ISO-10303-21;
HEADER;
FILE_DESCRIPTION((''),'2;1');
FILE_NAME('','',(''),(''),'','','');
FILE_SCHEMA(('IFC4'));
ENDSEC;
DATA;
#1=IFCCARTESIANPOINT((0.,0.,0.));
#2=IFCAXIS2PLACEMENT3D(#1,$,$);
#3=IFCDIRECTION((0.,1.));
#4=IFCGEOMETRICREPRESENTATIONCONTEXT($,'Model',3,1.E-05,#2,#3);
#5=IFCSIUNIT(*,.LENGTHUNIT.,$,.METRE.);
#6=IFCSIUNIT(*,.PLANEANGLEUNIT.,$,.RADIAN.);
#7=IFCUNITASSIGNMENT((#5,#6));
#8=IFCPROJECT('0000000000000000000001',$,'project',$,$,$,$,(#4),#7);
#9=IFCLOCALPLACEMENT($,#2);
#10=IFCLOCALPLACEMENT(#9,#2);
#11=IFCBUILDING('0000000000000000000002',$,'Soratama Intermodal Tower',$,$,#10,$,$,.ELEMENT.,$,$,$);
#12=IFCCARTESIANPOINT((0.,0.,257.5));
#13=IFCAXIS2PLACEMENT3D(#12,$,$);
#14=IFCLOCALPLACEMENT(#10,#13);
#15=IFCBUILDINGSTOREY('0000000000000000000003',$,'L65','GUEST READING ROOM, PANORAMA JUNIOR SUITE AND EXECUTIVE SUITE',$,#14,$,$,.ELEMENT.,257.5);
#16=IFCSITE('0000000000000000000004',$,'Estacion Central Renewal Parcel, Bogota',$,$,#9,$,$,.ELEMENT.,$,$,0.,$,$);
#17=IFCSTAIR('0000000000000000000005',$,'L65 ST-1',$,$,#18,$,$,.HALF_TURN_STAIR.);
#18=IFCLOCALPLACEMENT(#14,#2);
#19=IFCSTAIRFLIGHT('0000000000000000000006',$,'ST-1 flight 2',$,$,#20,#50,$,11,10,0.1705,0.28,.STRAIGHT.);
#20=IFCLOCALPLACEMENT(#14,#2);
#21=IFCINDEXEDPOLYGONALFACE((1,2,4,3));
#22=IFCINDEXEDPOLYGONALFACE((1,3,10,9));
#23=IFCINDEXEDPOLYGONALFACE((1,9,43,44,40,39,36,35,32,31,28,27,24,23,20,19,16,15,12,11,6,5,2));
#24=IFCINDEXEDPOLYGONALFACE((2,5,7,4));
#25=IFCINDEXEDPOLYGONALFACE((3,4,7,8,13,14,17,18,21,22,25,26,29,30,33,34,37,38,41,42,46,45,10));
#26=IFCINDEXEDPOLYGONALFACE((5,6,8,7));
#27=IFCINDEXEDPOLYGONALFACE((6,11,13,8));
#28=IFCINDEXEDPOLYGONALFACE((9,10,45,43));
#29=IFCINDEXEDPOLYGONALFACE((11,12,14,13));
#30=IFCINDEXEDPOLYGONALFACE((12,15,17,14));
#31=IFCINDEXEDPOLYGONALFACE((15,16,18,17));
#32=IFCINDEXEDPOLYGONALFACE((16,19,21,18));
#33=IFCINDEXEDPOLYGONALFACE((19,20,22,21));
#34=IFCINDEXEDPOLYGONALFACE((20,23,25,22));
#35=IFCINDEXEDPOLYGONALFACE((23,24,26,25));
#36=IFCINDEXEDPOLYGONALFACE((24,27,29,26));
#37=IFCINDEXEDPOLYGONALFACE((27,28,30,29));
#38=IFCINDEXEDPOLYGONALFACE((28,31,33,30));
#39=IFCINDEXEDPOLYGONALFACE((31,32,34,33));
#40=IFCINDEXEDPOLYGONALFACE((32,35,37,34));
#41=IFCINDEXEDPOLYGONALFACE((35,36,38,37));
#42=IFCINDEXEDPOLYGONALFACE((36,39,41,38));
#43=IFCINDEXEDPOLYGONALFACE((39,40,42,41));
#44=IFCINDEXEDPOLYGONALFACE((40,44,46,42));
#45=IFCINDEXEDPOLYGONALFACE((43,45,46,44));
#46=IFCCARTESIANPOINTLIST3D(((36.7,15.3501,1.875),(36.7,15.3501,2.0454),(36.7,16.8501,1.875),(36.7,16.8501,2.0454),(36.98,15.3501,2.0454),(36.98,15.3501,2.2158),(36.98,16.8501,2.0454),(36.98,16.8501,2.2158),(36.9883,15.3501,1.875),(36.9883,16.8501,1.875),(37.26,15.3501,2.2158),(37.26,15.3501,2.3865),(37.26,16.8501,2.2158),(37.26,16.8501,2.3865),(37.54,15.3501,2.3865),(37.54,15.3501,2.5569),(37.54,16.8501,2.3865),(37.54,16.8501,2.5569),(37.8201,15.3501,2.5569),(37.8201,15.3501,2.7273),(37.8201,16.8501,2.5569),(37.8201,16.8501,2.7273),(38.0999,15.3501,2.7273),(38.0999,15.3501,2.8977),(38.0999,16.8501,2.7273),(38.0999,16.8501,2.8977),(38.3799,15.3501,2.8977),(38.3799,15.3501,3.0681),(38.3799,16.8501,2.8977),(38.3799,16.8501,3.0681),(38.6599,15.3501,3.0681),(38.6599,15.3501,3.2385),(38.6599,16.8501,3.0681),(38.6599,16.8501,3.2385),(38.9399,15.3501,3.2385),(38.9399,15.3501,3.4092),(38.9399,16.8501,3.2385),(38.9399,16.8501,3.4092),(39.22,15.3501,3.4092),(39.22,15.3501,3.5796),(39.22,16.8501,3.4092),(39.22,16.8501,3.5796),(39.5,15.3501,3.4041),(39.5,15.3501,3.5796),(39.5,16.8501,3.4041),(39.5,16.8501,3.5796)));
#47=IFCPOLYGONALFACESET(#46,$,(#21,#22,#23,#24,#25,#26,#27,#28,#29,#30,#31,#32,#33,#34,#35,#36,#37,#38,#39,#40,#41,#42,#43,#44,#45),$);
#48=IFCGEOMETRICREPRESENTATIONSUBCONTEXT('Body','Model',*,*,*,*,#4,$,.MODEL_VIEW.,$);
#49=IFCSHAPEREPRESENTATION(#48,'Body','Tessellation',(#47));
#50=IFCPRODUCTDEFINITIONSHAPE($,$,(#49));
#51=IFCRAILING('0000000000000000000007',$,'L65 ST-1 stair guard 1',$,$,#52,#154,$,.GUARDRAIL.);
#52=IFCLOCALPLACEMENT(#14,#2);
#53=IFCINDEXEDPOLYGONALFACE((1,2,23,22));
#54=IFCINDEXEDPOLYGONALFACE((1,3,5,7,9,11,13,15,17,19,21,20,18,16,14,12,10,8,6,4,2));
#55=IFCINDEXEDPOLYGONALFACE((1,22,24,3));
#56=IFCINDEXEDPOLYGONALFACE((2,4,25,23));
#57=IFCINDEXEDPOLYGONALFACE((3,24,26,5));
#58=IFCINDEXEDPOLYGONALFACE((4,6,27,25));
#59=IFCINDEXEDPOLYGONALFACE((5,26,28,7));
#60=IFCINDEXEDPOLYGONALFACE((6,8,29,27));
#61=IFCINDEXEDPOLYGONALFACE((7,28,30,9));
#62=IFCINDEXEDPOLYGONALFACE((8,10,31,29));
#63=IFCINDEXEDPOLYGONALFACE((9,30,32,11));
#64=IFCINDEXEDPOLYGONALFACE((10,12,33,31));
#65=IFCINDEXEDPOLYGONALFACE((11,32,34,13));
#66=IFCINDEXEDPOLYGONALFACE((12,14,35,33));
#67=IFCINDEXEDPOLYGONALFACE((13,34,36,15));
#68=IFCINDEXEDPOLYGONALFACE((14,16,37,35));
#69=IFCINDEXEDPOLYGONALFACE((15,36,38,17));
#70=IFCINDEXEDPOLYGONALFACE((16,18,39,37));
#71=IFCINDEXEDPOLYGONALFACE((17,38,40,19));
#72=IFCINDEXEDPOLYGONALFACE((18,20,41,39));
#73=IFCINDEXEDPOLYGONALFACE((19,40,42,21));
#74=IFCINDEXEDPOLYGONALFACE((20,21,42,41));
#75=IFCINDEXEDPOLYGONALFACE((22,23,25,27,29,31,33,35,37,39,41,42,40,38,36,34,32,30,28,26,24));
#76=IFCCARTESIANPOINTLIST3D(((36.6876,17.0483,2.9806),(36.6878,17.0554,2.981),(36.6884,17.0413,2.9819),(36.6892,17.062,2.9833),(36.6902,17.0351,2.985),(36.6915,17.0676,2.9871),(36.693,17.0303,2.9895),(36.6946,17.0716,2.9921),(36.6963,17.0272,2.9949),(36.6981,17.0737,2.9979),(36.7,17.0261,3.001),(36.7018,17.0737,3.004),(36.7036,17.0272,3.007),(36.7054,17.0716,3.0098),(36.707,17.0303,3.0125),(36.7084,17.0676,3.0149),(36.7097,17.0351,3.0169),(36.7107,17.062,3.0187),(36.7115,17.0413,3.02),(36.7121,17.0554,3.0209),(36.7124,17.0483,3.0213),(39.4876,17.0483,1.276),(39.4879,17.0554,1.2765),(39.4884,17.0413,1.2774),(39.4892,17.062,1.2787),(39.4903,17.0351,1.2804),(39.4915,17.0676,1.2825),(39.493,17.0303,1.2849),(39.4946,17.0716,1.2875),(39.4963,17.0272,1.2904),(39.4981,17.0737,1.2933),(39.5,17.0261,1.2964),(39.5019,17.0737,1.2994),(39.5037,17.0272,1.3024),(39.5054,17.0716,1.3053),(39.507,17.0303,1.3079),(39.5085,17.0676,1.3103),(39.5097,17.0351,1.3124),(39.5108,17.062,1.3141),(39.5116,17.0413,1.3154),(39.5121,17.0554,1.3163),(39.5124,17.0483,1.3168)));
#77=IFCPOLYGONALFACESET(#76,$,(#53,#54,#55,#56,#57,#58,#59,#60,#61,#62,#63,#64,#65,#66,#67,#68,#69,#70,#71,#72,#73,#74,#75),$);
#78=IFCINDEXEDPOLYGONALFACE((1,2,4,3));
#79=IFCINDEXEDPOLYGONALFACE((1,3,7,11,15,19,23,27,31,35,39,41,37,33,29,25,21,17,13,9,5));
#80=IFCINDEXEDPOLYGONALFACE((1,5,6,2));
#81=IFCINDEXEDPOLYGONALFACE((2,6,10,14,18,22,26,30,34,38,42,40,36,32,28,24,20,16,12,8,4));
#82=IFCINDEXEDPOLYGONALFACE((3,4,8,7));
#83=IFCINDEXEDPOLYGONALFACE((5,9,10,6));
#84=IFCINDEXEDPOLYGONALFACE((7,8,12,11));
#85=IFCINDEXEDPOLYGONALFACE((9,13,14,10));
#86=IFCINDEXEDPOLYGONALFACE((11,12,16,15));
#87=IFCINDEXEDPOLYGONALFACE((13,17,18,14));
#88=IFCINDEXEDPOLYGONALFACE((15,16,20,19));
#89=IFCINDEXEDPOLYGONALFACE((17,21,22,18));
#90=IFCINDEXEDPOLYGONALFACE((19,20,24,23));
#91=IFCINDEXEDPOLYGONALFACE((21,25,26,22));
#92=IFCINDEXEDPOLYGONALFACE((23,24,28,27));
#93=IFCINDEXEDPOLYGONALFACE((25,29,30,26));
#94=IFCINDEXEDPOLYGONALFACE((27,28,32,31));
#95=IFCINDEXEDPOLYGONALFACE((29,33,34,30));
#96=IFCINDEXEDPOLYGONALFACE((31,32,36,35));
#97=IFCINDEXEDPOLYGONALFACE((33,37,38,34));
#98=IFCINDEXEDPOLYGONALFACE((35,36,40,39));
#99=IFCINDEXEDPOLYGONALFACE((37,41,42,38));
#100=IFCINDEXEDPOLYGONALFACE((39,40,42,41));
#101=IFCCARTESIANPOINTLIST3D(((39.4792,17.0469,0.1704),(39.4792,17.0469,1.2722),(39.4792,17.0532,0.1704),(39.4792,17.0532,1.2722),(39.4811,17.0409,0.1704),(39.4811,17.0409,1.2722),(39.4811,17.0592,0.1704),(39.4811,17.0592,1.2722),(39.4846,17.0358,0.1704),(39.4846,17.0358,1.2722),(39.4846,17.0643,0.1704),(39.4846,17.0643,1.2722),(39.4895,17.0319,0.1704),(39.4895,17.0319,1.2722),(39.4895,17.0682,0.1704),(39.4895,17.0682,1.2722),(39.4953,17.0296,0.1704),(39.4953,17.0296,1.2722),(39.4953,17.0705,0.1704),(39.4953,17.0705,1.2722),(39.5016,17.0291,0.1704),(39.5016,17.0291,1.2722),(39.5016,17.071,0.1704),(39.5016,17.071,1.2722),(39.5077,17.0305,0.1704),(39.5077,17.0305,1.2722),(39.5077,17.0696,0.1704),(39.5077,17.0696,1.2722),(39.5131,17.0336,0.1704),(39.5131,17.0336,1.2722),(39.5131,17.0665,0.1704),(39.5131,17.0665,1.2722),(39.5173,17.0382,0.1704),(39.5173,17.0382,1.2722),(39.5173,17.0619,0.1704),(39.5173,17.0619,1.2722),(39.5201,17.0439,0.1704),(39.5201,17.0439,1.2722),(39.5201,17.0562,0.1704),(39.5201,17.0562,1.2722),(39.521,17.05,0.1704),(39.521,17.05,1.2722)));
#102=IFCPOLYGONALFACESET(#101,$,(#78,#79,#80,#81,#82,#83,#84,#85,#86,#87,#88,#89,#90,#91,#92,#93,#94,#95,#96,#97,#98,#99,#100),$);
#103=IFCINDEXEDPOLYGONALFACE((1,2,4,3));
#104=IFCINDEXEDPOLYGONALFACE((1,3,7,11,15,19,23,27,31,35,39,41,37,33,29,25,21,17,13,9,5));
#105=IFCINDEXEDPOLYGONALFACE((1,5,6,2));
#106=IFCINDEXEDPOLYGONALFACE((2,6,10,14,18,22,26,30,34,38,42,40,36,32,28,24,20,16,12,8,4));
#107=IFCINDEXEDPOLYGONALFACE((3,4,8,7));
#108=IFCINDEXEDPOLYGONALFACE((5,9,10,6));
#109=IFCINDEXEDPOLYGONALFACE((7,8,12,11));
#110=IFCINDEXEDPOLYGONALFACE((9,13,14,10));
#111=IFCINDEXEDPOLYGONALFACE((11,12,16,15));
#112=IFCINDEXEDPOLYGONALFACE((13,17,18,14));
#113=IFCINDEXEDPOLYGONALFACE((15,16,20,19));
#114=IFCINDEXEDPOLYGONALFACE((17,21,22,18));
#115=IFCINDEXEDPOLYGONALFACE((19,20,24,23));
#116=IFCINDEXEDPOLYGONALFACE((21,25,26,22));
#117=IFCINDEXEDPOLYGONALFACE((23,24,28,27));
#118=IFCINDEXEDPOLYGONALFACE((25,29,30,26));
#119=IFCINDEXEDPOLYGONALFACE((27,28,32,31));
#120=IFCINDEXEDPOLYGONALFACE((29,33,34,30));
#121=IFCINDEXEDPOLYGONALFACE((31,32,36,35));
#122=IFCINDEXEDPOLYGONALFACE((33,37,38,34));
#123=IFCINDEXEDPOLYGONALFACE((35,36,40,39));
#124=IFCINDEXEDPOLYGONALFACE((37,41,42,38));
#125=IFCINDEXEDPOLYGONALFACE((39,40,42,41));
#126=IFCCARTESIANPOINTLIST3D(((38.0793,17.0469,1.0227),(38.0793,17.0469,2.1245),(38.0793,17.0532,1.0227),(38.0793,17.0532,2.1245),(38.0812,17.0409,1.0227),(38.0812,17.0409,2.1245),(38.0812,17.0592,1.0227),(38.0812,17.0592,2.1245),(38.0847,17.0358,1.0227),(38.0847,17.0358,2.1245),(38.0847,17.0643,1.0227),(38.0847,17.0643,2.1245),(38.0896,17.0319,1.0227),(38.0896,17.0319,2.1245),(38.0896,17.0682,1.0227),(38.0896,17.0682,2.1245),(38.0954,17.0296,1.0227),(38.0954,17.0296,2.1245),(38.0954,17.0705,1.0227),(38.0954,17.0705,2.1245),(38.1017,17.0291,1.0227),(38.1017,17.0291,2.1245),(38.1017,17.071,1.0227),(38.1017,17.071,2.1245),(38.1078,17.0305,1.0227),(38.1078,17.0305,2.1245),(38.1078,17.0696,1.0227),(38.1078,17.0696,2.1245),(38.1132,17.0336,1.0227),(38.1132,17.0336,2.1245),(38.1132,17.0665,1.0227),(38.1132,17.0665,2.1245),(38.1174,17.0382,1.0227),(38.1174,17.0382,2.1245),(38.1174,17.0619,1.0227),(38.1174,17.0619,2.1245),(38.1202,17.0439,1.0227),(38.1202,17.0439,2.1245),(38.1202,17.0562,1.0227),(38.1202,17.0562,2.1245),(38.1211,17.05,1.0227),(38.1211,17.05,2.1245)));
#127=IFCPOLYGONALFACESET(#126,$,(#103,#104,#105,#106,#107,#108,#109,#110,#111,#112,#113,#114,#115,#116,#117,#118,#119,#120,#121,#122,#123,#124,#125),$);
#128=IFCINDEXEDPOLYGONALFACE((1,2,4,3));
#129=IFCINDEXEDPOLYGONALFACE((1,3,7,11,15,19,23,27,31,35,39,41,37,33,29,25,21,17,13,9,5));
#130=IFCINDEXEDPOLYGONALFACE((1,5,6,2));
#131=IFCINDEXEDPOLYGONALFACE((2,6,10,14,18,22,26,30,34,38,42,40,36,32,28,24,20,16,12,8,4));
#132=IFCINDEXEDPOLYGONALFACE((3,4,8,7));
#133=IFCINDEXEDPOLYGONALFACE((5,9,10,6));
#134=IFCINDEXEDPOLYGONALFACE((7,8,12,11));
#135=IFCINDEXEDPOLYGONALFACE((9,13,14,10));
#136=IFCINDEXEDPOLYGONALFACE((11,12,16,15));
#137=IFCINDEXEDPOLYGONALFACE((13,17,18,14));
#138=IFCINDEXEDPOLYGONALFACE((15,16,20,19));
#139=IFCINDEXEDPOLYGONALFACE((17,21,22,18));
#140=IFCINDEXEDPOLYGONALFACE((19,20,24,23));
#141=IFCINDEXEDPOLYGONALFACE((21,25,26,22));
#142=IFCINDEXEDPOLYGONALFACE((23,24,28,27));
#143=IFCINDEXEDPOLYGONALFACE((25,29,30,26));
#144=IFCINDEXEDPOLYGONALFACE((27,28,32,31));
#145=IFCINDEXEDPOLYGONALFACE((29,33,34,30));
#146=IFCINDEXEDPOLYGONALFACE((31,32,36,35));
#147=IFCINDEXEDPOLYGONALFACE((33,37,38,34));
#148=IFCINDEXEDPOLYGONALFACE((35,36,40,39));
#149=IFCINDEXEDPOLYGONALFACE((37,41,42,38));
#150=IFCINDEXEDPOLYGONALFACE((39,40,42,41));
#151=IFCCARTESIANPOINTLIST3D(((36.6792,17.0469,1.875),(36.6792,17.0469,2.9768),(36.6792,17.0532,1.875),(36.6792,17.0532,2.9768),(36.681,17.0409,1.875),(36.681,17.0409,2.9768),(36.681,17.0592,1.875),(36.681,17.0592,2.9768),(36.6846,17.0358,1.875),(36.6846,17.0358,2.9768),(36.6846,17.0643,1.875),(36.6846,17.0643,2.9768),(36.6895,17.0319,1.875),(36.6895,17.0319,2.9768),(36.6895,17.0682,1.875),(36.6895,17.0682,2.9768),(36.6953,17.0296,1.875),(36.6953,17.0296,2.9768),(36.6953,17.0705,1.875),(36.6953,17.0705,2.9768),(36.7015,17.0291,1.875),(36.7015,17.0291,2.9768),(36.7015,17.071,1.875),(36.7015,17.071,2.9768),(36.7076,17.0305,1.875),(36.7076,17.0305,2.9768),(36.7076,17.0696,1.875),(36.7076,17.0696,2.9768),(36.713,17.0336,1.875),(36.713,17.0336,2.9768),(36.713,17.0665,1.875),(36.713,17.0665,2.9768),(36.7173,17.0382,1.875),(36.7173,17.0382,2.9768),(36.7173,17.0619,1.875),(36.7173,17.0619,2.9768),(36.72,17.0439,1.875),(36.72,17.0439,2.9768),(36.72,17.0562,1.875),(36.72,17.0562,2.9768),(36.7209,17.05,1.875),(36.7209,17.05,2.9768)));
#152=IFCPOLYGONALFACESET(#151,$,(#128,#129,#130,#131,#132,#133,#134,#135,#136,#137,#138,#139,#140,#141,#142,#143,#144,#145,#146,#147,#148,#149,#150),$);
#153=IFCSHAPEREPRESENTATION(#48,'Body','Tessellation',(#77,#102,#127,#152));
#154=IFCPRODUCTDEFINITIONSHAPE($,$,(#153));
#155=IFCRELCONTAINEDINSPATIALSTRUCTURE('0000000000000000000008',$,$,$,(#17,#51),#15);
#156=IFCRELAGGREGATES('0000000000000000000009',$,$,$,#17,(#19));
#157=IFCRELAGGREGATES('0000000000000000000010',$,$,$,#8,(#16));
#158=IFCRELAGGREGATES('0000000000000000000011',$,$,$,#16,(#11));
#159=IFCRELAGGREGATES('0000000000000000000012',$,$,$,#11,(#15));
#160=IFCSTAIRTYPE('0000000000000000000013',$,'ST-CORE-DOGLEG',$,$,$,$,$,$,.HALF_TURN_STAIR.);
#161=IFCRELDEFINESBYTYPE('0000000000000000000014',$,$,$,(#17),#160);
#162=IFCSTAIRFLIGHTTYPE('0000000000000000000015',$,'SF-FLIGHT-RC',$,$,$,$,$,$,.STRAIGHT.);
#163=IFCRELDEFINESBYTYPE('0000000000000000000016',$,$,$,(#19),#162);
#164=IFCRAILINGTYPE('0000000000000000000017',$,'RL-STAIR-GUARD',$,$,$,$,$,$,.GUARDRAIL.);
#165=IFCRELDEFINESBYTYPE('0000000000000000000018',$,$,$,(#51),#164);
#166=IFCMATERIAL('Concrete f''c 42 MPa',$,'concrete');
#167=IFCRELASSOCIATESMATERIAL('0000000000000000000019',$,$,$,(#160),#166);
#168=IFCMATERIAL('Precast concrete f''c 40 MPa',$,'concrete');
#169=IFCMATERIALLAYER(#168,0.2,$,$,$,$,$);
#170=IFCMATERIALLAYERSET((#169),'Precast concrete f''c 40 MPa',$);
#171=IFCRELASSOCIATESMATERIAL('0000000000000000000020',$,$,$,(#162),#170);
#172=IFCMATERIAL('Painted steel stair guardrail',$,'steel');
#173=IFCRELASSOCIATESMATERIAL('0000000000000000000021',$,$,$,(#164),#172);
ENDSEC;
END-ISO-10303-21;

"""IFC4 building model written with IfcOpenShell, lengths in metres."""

from ifc_helpers import new_model, si_unit, direction, frame, origin, origin_2d, place, context, subcontext, project, spatial, polyline, circle, outline, extrude, material, layer, layer_set, type_object, element, aggregate, save


model = new_model("IFC4")

# Units and contexts
model_context = context("Model", 3, precision=1e-05, world=origin(), true_north=direction((0.0, 1.0)))
body_context = subcontext(model_context, "Body", "Model", "MODEL_VIEW")
ifc_project = project(units=[si_unit("LENGTHUNIT", "METRE"), si_unit("PLANEANGLEUNIT", "RADIAN")], contexts=[model_context])

# Site, building, storey
site_placement = place(None, origin())
site = spatial("IfcSite", under=ifc_project, at=site_placement, Name="Estacion Central Renewal Parcel, Bogota", CompositionType="ELEMENT", RefElevation=0.0)
building_placement = place(site_placement, origin())
building = spatial("IfcBuilding", under=site, at=building_placement, Name="Soratama Intermodal Tower", CompositionType="ELEMENT")
storey_placement = place(building_placement, frame((0.0, 0.0, 257.5)))
storey = spatial("IfcBuildingStorey", under=building, at=storey_placement, Name="L65", Description="GUEST READING ROOM, PANORAMA JUNIOR SUITE AND EXECUTIVE SUITE", CompositionType="ELEMENT", Elevation=257.5)

# Stair, stair flight
ifc_material_1 = material(Name="Concrete f'c 42 MPa", Category="concrete")
stair_type = type_object("IfcStairType", Name="ST-CORE-DOGLEG", PredefinedType="HALF_TURN_STAIR", material=ifc_material_1)
stair_placement = place(storey_placement, origin())
stair = element("IfcStair", 1, at=stair_placement, inside=storey, type_object=stair_type, Name="L65 ST-1", PredefinedType="HALF_TURN_STAIR")
ifc_material_2 = material(Name="Precast concrete f'c 40 MPa", Category="concrete")
ifc_layer_1 = layer(ifc_material_2, 0.2)
ifc_layer_set_1 = layer_set([ifc_layer_1], Name="Precast concrete f'c 40 MPa")
stair_flight_type = type_object("IfcStairFlightType", Name="SF-FLIGHT-RC", PredefinedType="STRAIGHT", material=ifc_layer_set_1)
stair_flight_1_placement = place(storey_placement, frame((36.7, 16.1001, 1.875), z_axis=(0.0, 0.0, 1.0), x_axis=(1.0, 0.0, 0.0)))
stair_flight_1 = element("IfcStairFlight", 2, at=stair_flight_1_placement, type_object=stair_flight_type, Name="ST-1 flight 2", NumberOfRisers=11, NumberOfTreads=10, PredefinedType="STRAIGHT", RiserHeight=0.1705, TreadLength=0.28, context=body_context, shape_type="SweptSolid", body=[
    extrude(outline(polyline([(0.0, 0.0), (0.0, 0.1704), (0.28, 0.1704), (0.28, 0.3408), (0.5601, 0.3408), (0.5601, 0.5115), (0.8401, 0.5115), (0.8401, 0.6819), (1.1201, 0.6819), (1.1201, 0.8523), (1.3999, 0.8523), (1.3999, 1.0227), (1.6799, 1.0227), (1.6799, 1.1931), (1.96, 1.1931), (1.96, 1.3635), (2.24, 1.3635), (2.24, 1.5342), (2.52, 1.5342), (2.52, 1.7046), (2.8, 1.7046), (2.8, 1.875), (2.8, 1.5291), (0.2883, 0.0), (0.0, 0.0)])), frame((0.0, 0.75, 0.0), z_axis=(0.0, -1.0, 0.0), x_axis=(1.0, 0.0, 0.0)), (0.0, 0.0, 1.0), 1.5),
])
aggregate(stair, [stair_flight_1])

# Railing
ifc_material_3 = material(Name="Painted steel stair guardrail", Category="steel")
railing_type_1 = type_object("IfcRailingType", Name="RL-STAIR-GUARD", PredefinedType="GUARDRAIL", material=ifc_material_3)
railing_1_placement = place(storey_placement, frame((39.5, 17.05, 0.1704)))
element("IfcRailing", 3, at=railing_1_placement, inside=storey, type_object=railing_type_1, Name="L65 ST-1 stair guard 1", PredefinedType="GUARDRAIL", context=body_context, shape_type="SweptSolid", body=[
    extrude(circle(Radius=0.0239, at=origin_2d()), frame((0.0, 0.0, 1.126), z_axis=(-0.85417, 0.0, 0.519994), x_axis=(0.0, -1.0, 0.0)), (0.0, 0.0, 1.0), 3.2781),
    extrude(circle(Radius=0.021, at=origin_2d()), origin(), (0.0, 0.0, 1.0), 1.1018),
    extrude(circle(Radius=0.021, at=origin_2d()), frame((-1.3999, 0.0, 0.8523)), (0.0, 0.0, 1.0), 1.1018),
    extrude(circle(Radius=0.021, at=origin_2d()), frame((-2.8, 0.0, 1.7046)), (0.0, 0.0, 1.0), 1.1018),
])

save(model, "model.ifc")
